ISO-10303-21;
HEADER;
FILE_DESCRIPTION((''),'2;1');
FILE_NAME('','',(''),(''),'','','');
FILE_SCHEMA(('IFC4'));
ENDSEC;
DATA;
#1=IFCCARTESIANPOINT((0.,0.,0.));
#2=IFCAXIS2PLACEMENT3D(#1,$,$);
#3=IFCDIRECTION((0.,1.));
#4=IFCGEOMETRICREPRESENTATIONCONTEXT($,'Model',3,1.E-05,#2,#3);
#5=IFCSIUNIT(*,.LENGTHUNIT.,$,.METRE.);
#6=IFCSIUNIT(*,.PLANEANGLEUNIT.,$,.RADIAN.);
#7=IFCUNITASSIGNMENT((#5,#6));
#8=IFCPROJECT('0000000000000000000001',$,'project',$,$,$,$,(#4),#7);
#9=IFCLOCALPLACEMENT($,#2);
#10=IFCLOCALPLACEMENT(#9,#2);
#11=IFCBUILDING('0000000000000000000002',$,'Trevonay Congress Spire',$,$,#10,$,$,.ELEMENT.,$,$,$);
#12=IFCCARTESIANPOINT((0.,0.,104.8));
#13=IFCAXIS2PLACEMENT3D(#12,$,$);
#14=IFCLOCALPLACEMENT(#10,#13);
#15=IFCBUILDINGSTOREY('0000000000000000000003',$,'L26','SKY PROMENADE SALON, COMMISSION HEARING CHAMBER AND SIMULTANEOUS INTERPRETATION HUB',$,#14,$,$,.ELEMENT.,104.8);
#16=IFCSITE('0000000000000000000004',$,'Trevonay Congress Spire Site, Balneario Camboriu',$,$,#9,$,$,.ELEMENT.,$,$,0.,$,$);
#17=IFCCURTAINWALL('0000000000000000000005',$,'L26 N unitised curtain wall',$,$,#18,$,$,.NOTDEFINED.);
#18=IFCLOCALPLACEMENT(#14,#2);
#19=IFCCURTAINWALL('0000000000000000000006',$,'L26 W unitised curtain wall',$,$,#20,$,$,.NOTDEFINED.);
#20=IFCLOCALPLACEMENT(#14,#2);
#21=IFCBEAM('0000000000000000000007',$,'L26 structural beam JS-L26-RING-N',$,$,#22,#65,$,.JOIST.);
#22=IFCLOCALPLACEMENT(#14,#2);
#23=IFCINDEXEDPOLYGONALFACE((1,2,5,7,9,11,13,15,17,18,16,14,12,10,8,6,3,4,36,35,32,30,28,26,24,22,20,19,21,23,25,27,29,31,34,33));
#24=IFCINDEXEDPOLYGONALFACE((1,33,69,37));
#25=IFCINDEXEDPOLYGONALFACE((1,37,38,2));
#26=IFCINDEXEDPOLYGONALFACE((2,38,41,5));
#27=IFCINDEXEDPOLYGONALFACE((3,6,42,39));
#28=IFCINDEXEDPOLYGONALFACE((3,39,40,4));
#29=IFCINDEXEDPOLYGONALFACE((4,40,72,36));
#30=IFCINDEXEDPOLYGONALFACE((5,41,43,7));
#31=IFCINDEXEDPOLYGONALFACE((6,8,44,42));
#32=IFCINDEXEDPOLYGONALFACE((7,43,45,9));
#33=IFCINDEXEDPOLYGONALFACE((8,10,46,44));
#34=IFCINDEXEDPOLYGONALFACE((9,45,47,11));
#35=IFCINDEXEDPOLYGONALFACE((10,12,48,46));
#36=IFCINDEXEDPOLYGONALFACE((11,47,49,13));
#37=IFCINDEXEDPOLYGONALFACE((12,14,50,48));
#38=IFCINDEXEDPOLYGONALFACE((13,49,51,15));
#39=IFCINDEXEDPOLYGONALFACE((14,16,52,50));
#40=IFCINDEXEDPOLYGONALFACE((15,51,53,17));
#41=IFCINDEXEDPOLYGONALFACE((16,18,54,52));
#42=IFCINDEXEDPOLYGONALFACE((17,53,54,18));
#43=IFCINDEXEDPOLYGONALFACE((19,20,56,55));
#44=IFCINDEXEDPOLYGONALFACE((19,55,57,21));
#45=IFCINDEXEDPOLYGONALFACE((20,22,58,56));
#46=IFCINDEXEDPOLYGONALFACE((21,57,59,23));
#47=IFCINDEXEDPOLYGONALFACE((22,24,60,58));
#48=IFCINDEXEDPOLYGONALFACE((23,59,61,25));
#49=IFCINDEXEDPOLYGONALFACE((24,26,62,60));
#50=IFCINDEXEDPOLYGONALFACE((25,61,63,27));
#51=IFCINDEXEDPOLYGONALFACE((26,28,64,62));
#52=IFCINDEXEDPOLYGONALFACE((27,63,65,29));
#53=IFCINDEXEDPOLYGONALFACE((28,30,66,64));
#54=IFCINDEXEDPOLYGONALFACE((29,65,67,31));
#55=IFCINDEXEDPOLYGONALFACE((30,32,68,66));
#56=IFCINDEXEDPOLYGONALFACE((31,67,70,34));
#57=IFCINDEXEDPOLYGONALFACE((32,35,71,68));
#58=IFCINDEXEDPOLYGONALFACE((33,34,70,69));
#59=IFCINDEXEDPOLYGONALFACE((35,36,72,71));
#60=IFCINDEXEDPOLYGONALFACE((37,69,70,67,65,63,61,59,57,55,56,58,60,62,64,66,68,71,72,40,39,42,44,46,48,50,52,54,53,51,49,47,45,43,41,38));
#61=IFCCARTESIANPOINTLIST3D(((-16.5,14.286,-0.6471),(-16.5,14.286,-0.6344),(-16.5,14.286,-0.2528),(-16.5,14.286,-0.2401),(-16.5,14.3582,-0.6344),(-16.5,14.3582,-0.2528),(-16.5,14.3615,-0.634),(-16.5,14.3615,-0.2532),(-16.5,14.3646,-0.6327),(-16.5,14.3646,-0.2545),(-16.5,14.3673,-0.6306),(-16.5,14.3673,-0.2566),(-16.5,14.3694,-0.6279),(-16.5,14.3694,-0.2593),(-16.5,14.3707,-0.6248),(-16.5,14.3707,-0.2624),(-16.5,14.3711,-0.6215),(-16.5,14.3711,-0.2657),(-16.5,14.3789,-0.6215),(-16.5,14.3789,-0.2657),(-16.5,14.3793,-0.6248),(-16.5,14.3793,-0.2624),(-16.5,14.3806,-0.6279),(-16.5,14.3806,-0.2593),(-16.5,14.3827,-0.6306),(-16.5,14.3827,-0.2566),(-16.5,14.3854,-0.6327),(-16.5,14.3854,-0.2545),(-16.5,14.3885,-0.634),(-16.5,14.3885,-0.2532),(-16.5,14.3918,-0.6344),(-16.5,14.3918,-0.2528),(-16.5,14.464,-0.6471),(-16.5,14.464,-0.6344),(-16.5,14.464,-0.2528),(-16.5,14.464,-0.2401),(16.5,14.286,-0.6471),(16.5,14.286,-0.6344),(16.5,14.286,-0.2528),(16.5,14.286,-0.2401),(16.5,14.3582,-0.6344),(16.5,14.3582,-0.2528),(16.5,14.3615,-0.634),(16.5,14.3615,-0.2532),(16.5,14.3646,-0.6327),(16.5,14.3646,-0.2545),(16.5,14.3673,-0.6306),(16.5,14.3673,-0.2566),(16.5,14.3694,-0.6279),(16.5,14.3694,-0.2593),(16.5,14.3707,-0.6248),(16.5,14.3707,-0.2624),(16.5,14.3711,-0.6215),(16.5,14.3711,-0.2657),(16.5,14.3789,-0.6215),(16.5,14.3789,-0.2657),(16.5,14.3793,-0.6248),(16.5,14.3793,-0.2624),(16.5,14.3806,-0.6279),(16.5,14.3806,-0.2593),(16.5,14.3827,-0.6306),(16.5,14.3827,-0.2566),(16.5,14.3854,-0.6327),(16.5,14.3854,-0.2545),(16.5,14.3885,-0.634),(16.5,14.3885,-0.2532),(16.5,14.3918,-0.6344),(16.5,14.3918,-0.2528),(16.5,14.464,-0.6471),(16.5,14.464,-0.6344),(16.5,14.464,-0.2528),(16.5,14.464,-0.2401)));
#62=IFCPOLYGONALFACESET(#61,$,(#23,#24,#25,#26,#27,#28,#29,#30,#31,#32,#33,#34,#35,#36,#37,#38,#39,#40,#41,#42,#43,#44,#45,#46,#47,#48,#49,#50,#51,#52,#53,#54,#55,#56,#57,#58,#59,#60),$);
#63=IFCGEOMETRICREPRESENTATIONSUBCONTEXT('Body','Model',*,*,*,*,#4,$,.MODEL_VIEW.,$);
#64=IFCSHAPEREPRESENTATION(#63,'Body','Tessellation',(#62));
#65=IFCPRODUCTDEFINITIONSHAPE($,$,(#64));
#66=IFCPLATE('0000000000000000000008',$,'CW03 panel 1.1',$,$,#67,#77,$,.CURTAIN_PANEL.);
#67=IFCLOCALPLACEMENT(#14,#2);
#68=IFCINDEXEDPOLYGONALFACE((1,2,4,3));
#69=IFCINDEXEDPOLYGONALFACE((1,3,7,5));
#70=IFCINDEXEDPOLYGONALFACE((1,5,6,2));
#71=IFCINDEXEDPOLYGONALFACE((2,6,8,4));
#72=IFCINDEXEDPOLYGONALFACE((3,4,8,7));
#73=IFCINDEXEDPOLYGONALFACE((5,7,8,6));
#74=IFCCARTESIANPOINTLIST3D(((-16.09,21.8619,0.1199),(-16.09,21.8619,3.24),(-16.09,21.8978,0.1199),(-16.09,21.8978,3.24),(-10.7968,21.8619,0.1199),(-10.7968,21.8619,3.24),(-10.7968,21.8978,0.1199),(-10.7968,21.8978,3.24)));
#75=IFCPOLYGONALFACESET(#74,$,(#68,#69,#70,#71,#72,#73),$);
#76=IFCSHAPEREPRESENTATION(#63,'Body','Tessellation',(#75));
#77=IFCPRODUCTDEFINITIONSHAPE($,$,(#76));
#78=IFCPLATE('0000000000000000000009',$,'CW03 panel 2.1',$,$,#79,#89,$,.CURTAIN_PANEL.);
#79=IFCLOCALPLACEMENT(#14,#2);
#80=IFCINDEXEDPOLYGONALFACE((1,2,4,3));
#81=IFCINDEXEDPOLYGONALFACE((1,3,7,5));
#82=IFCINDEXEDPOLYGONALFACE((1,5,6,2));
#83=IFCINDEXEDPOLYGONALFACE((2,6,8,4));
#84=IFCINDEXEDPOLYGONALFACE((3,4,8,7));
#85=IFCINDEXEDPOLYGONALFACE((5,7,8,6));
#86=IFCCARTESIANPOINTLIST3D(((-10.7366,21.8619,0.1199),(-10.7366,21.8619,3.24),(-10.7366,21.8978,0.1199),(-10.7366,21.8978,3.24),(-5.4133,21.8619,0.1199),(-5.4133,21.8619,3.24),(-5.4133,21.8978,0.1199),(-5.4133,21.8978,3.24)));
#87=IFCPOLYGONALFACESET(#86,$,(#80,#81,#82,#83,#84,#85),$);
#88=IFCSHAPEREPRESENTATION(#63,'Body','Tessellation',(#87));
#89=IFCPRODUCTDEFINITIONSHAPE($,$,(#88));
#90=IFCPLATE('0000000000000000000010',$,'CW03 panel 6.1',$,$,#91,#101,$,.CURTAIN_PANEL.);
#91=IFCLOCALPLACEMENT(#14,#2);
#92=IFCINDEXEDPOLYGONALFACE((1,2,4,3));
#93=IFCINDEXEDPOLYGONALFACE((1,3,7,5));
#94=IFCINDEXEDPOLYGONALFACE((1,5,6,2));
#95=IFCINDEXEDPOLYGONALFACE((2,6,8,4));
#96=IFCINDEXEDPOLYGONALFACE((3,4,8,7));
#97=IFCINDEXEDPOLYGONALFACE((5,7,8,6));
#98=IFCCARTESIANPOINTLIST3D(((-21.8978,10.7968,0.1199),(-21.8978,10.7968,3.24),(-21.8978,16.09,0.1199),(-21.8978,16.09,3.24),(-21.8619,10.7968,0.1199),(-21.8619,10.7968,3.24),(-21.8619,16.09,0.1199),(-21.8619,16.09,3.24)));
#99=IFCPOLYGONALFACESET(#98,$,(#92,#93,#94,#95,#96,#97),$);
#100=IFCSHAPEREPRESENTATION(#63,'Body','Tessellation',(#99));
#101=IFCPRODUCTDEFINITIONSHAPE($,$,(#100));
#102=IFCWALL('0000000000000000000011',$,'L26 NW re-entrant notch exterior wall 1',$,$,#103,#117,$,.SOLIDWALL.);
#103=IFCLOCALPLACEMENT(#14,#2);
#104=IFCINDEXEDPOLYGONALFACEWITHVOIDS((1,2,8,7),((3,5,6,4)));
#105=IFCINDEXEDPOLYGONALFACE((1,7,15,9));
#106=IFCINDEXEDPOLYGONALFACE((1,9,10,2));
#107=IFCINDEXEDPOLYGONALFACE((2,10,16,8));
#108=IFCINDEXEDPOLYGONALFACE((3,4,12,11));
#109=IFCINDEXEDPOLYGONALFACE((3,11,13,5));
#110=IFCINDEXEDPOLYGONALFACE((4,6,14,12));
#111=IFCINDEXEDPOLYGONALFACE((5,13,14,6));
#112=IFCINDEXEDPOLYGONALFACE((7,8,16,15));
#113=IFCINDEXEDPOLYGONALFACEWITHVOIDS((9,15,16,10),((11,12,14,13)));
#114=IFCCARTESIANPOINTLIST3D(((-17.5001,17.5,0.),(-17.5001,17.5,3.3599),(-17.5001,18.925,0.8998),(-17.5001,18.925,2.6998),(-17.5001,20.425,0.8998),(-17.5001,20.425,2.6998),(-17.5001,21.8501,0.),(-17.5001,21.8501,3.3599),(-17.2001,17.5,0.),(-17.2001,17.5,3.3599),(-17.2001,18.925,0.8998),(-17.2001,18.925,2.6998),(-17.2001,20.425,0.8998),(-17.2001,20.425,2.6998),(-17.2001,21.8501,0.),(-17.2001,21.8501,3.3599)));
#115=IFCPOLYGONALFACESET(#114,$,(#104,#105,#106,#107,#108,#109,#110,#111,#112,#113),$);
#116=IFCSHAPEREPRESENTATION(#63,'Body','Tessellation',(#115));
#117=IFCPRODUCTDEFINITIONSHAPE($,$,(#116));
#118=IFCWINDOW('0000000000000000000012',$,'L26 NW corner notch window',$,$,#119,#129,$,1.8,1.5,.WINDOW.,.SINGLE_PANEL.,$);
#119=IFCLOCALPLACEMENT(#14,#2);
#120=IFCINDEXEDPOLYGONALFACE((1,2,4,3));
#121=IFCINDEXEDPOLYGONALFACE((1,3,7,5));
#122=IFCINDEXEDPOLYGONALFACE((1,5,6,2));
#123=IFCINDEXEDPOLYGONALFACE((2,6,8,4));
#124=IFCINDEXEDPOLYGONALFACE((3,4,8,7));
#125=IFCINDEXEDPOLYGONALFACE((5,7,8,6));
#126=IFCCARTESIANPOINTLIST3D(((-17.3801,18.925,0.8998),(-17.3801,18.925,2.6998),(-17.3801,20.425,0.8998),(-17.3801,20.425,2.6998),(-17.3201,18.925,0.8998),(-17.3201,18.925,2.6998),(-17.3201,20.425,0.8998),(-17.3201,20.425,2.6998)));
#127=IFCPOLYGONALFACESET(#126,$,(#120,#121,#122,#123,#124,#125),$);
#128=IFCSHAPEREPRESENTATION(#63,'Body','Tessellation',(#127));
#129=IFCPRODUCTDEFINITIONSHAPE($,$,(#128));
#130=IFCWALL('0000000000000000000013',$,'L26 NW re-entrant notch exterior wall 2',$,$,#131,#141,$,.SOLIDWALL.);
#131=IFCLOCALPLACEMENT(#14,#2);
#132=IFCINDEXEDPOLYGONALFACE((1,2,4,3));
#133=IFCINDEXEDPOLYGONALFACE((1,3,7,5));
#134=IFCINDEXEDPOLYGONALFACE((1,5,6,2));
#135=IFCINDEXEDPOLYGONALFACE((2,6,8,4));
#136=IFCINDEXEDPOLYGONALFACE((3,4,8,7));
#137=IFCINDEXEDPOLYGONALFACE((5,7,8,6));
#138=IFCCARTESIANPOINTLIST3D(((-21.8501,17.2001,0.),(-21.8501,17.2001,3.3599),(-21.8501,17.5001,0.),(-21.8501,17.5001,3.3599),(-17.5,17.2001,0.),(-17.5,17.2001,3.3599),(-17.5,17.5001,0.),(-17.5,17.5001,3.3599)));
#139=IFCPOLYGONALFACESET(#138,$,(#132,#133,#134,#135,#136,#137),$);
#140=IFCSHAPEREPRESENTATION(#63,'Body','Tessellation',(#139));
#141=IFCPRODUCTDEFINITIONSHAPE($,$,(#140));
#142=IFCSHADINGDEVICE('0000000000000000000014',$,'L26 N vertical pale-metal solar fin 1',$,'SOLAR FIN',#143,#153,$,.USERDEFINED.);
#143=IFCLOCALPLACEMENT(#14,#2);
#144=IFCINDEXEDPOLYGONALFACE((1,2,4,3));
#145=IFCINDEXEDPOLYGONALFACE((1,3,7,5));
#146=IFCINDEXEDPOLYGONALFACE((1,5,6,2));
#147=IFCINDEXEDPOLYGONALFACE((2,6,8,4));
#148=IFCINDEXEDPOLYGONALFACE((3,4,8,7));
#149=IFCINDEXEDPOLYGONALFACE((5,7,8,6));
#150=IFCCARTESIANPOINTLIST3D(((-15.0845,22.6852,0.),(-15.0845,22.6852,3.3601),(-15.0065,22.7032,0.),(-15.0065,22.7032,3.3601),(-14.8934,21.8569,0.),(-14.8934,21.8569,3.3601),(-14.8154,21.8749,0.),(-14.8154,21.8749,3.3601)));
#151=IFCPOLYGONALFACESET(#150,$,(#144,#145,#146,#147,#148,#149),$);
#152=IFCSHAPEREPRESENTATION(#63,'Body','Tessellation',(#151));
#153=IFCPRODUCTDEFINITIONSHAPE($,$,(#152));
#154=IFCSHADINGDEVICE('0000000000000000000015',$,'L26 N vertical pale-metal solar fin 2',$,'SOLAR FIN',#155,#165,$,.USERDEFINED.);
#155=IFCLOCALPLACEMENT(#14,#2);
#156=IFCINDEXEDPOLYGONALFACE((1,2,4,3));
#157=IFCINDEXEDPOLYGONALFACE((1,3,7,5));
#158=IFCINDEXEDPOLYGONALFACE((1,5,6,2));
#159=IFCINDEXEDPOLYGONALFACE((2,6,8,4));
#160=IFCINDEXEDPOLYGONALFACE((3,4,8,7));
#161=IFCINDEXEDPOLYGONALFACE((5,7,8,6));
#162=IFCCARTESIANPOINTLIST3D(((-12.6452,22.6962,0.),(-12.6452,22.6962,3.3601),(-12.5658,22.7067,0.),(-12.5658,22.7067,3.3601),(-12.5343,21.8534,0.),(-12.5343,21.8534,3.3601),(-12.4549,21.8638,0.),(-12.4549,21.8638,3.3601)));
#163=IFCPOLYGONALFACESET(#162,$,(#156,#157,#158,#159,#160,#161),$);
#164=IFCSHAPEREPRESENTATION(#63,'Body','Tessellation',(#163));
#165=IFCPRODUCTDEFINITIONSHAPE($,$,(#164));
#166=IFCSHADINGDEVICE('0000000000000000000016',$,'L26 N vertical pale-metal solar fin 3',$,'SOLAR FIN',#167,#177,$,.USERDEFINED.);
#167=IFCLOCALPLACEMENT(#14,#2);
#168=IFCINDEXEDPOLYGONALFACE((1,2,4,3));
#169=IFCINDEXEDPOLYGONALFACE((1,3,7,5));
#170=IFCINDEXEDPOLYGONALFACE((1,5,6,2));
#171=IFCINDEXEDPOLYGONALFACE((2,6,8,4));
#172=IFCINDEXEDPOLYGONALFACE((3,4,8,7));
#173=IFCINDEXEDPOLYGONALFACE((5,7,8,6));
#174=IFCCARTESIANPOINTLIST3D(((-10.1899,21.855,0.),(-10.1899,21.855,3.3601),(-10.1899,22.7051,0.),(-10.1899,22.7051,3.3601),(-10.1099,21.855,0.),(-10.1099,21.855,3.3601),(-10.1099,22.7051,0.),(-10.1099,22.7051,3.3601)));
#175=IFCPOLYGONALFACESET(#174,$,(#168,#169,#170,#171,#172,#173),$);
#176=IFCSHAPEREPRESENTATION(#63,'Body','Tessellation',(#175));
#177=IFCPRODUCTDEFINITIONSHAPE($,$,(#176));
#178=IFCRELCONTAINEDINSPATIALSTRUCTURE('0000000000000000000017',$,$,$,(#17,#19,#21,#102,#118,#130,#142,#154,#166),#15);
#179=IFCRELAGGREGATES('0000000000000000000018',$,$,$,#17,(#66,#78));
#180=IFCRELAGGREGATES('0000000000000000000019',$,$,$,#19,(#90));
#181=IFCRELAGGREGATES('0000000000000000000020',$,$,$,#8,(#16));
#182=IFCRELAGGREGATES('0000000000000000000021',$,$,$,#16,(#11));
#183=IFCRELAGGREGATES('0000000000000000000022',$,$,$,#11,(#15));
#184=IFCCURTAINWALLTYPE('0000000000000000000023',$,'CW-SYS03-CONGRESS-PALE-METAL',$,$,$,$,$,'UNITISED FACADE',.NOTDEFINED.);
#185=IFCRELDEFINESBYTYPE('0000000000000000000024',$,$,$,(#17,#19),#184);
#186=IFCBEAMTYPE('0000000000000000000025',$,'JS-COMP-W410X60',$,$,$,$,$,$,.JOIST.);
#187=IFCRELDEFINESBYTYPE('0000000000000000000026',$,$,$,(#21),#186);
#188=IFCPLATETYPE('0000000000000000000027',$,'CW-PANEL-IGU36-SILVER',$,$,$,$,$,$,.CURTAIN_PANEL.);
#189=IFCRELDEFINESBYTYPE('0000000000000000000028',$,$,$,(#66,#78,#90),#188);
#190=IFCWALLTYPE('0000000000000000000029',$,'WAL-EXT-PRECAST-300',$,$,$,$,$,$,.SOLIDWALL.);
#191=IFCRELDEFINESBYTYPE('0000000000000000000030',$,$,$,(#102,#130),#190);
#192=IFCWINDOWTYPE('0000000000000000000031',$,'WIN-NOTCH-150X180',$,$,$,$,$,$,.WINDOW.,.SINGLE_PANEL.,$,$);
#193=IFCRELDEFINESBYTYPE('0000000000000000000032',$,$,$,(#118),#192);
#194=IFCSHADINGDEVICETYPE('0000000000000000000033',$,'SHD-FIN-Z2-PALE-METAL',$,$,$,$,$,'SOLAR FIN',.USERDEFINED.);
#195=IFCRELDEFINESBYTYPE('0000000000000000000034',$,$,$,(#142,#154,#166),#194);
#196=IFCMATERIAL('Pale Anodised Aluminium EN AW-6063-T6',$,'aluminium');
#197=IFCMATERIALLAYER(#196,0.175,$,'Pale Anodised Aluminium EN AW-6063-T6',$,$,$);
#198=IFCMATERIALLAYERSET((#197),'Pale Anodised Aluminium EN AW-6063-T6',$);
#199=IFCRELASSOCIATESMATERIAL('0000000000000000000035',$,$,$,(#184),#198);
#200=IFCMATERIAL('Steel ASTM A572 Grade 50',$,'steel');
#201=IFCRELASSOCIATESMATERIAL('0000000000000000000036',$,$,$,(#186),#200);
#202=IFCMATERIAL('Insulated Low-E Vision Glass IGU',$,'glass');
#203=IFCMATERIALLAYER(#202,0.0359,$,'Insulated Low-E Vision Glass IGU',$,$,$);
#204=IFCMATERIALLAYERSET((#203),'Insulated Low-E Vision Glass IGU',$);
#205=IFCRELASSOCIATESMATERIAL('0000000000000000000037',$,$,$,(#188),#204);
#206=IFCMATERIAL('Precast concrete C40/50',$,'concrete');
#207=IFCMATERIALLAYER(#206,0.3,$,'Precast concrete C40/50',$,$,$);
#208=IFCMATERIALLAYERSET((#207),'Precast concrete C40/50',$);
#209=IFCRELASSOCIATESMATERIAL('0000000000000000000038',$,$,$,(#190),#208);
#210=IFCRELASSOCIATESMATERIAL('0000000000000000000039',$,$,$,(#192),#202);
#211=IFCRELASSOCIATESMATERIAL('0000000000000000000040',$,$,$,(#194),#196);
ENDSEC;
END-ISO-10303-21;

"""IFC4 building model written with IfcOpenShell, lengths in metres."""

from ifc_helpers import new_model, si_unit, direction, frame, frame_2d, origin, origin_2d, place, context, subcontext, project, spatial, rectangle, i_section, extrude, material, layer, layer_set, material_profile, profile_set, type_object, element, fill, aggregate, save


model = new_model("IFC4")

# Units and contexts
model_context = context("Model", 3, precision=1e-05, world=origin(), true_north=direction((0.0, 1.0)))
body_context = subcontext(model_context, "Body", "Model", "MODEL_VIEW")
ifc_project = project(units=[si_unit("LENGTHUNIT", "METRE"), si_unit("PLANEANGLEUNIT", "RADIAN")], contexts=[model_context])

# Site, building, storey
site_placement = place(None, origin())
site = spatial("IfcSite", under=ifc_project, at=site_placement, Name="Trevonay Congress Spire Site, Balneario Camboriu", CompositionType="ELEMENT", RefElevation=0.0)
building_placement = place(site_placement, origin())
building = spatial("IfcBuilding", under=site, at=building_placement, Name="Trevonay Congress Spire", CompositionType="ELEMENT")
storey_placement = place(building_placement, frame((0.0, 0.0, 104.8)))
storey = spatial("IfcBuildingStorey", under=building, at=storey_placement, Name="L26", Description="SKY PROMENADE SALON, COMMISSION HEARING CHAMBER AND SIMULTANEOUS INTERPRETATION HUB", CompositionType="ELEMENT", Elevation=104.8)

# Shared definitions
ifc_material_1 = material(Name="Steel ASTM A572 Grade 50", Category="steel")

# Curtain wall
ifc_material_2 = material(Name="Pale Anodised Aluminium EN AW-6063-T6", Category="aluminium")
ifc_layer_1 = layer(ifc_material_2, 0.175, Name="Pale Anodised Aluminium EN AW-6063-T6")
ifc_layer_set_1 = layer_set([ifc_layer_1], Name="Pale Anodised Aluminium EN AW-6063-T6")
curtain_wall_type = type_object("IfcCurtainWallType", Name="CW-SYS03-CONGRESS-PALE-METAL", ElementType="UNITISED FACADE", PredefinedType="NOTDEFINED", material=ifc_layer_set_1)
curtain_wall_1_placement = place(storey_placement, origin())
curtain_wall_1 = element("IfcCurtainWall", 1, at=curtain_wall_1_placement, inside=storey, type_object=curtain_wall_type, Name="L26 N unitised curtain wall", PredefinedType="NOTDEFINED")

# Curtain wall
curtain_wall_2_placement = place(storey_placement, origin())
curtain_wall_2 = element("IfcCurtainWall", 2, at=curtain_wall_2_placement, inside=storey, type_object=curtain_wall_type, Name="L26 W unitised curtain wall", PredefinedType="NOTDEFINED")

# Beam
ifc_material_profile_1 = material_profile(ifc_material_1, i_section(OverallWidth=0.178, OverallDepth=0.407, WebThickness=0.0078, FlangeThickness=0.0127, FilletRadius=0.0129, at=origin_2d()), Name="W410x60")
ifc_profile_set_1 = profile_set([ifc_material_profile_1], Name="Steel ASTM A572 Grade 50")
beam_type_1 = type_object("IfcBeamType", Name="JS-COMP-W410X60", PredefinedType="JOIST", material=ifc_profile_set_1)
beam_placement = place(storey_placement, frame((-16.5, 14.375, -0.4436), z_axis=(1.0, 0.0, 0.0), x_axis=(0.0, 1.0, 0.0)))
element("IfcBeam", 3, at=beam_placement, inside=storey, type_object=beam_type_1, Name="L26 structural beam JS-L26-RING-N", PredefinedType="JOIST", context=body_context, shape_type="SweptSolid", body=[
    extrude(i_section(OverallWidth=0.178, OverallDepth=0.407, WebThickness=0.0078, FlangeThickness=0.0127, FilletRadius=0.0129, at=origin_2d()), origin(), (0.0, 0.0, 1.0), 33.0),
])

# Plates
ifc_material_3 = material(Name="Insulated Low-E Vision Glass IGU", Category="glass")
ifc_layer_2 = layer(ifc_material_3, 0.0359, Name="Insulated Low-E Vision Glass IGU")
ifc_layer_set_2 = layer_set([ifc_layer_2], Name="Insulated Low-E Vision Glass IGU")
plate_type = type_object("IfcPlateType", Name="CW-PANEL-IGU36-SILVER", PredefinedType="CURTAIN_PANEL", material=ifc_layer_set_2)
plate_1_placement = place(storey_placement, frame((-13.4434, 21.8799, 0.1199), z_axis=(0.0, 0.0, 1.0), x_axis=(1.0, 0.0, 0.0)))
plate_1 = element("IfcPlate", 4, at=plate_1_placement, type_object=plate_type, Name="CW03 panel 1.1", PredefinedType="CURTAIN_PANEL", context=body_context, shape_type="SweptSolid", body=[
    extrude(rectangle(XDim=5.2932, YDim=0.0359, at=origin_2d()), origin(), (0.0, 0.0, 1.0), 3.1201),
])
plate_2_placement = place(storey_placement, frame((-8.075, 21.8799, 0.1199), z_axis=(0.0, 0.0, 1.0), x_axis=(1.0, 0.0, 0.0)))
plate_2 = element("IfcPlate", 5, at=plate_2_placement, type_object=plate_type, Name="CW03 panel 2.1", PredefinedType="CURTAIN_PANEL", context=body_context, shape_type="SweptSolid", body=[
    extrude(rectangle(XDim=5.3232, YDim=0.0359, at=origin_2d()), origin(), (0.0, 0.0, 1.0), 3.1201),
])
aggregate(curtain_wall_1, [plate_1, plate_2])
plate_3_placement = place(storey_placement, frame((-21.8799, 13.4434, 0.1199), z_axis=(0.0, 0.0, 1.0), x_axis=(0.0, 1.0, 0.0)))
plate_3 = element("IfcPlate", 6, at=plate_3_placement, type_object=plate_type, Name="CW03 panel 6.1", PredefinedType="CURTAIN_PANEL", context=body_context, shape_type="SweptSolid", body=[
    extrude(rectangle(XDim=5.2932, YDim=0.0359, at=origin_2d()), origin(), (0.0, 0.0, 1.0), 3.1201),
])
aggregate(curtain_wall_2, [plate_3])

# Wall, opening, window
ifc_material_4 = material(Name="Precast concrete C40/50", Category="concrete")
ifc_layer_3 = layer(ifc_material_4, 0.3, Name="Precast concrete C40/50")
ifc_layer_set_3 = layer_set([ifc_layer_3], Name="Precast concrete C40/50")
wall_type = type_object("IfcWallType", Name="WAL-EXT-PRECAST-300", PredefinedType="SOLIDWALL", material=ifc_layer_set_3)
wall_1_placement = place(storey_placement, frame((-17.3501, 21.8501, 0.0), z_axis=(0.0, 0.0, 1.0), x_axis=(0.0, -1.0, 0.0)))
wall_1 = element("IfcWall", 7, at=wall_1_placement, inside=storey, type_object=wall_type, Name="L26 NW re-entrant notch exterior wall 1", PredefinedType="SOLIDWALL", context=body_context, shape_type="SweptSolid", body=[
    extrude(rectangle(XDim=4.3501, YDim=0.3, at=frame_2d((2.175, 0.0))), origin(), (0.0, 0.0, 1.0), 3.3599),
])
opening_placement = place(wall_1_placement, frame((1.425, 0.0, 0.8999)))
opening = element("IfcOpeningElement", 8, at=opening_placement, cuts=wall_1, PredefinedType="OPENING", context=body_context, shape_type="SweptSolid", body=[
    extrude(rectangle(XDim=1.5, YDim=1.8, at=frame_2d((0.75, 0.8999))), frame((0.0, 0.1602, 0.0), z_axis=(0.0, -1.0, 0.0), x_axis=(1.0, 0.0, 0.0)), (0.0, 0.0, 1.0), 0.3201),
])
window_type = type_object("IfcWindowType", Name="WIN-NOTCH-150X180", PartitioningType="SINGLE_PANEL", PredefinedType="WINDOW", material=ifc_material_3)
window_placement = place(opening_placement, origin())
window = element("IfcWindow", 9, at=window_placement, inside=storey, type_object=window_type, Name="L26 NW corner notch window", OverallHeight=1.8, OverallWidth=1.5, PartitioningType="SINGLE_PANEL", PredefinedType="WINDOW", context=body_context, shape_type="SweptSolid", body=[
    extrude(rectangle(XDim=1.5, YDim=1.8, at=frame_2d((0.75, 0.8999))), frame((0.0, 0.03, 0.0), z_axis=(0.0, -1.0, 0.0), x_axis=(1.0, 0.0, 0.0)), (0.0, 0.0, 1.0), 0.0601),
])
fill(opening, window)

# Wall
wall_2_placement = place(storey_placement, frame((-21.8501, 17.3501, 0.0), z_axis=(0.0, 0.0, 1.0), x_axis=(1.0, 0.0, 0.0)))
element("IfcWall", 10, at=wall_2_placement, inside=storey, type_object=wall_type, Name="L26 NW re-entrant notch exterior wall 2", PredefinedType="SOLIDWALL", context=body_context, shape_type="SweptSolid", body=[
    extrude(rectangle(XDim=4.3501, YDim=0.3, at=frame_2d((2.175, 0.0))), origin(), (0.0, 0.0, 1.0), 3.3599),
])

# Shading devices
shading_device_type = type_object("IfcShadingDeviceType", Name="SHD-FIN-Z2-PALE-METAL", ElementType="SOLAR FIN", PredefinedType="USERDEFINED", material=ifc_material_2)
for number, where, z_axis, x_axis, name in (
    (11, (-14.95, 22.28, 0.0), (0.0, 0.0, 1.0), (0.974409, 0.224781, 0.0), "L26 N vertical pale-metal solar fin 1"),
    (12, (-12.55, 22.28, 0.0), (0.0, 0.0, 1.0), (0.991445, 0.130526, 0.0), "L26 N vertical pale-metal solar fin 2"),
    (13, (-10.1499, 22.28, 0.0), (0.0, 0.0, 1.0), (1.0, 0.0, 0.0), "L26 N vertical pale-metal solar fin 3"),
):
    element("IfcShadingDevice", number, at=place(storey_placement, frame(where, z_axis=z_axis, x_axis=x_axis)), inside=storey, type_object=shading_device_type, Name=name, ObjectType="SOLAR FIN", PredefinedType="USERDEFINED", context=body_context, shape_type="SweptSolid", body=[
        extrude(rectangle(XDim=0.0801, YDim=0.8501, at=origin_2d()), origin(), (0.0, 0.0, 1.0), 3.3601),
    ])

save(model, "model.ifc")
